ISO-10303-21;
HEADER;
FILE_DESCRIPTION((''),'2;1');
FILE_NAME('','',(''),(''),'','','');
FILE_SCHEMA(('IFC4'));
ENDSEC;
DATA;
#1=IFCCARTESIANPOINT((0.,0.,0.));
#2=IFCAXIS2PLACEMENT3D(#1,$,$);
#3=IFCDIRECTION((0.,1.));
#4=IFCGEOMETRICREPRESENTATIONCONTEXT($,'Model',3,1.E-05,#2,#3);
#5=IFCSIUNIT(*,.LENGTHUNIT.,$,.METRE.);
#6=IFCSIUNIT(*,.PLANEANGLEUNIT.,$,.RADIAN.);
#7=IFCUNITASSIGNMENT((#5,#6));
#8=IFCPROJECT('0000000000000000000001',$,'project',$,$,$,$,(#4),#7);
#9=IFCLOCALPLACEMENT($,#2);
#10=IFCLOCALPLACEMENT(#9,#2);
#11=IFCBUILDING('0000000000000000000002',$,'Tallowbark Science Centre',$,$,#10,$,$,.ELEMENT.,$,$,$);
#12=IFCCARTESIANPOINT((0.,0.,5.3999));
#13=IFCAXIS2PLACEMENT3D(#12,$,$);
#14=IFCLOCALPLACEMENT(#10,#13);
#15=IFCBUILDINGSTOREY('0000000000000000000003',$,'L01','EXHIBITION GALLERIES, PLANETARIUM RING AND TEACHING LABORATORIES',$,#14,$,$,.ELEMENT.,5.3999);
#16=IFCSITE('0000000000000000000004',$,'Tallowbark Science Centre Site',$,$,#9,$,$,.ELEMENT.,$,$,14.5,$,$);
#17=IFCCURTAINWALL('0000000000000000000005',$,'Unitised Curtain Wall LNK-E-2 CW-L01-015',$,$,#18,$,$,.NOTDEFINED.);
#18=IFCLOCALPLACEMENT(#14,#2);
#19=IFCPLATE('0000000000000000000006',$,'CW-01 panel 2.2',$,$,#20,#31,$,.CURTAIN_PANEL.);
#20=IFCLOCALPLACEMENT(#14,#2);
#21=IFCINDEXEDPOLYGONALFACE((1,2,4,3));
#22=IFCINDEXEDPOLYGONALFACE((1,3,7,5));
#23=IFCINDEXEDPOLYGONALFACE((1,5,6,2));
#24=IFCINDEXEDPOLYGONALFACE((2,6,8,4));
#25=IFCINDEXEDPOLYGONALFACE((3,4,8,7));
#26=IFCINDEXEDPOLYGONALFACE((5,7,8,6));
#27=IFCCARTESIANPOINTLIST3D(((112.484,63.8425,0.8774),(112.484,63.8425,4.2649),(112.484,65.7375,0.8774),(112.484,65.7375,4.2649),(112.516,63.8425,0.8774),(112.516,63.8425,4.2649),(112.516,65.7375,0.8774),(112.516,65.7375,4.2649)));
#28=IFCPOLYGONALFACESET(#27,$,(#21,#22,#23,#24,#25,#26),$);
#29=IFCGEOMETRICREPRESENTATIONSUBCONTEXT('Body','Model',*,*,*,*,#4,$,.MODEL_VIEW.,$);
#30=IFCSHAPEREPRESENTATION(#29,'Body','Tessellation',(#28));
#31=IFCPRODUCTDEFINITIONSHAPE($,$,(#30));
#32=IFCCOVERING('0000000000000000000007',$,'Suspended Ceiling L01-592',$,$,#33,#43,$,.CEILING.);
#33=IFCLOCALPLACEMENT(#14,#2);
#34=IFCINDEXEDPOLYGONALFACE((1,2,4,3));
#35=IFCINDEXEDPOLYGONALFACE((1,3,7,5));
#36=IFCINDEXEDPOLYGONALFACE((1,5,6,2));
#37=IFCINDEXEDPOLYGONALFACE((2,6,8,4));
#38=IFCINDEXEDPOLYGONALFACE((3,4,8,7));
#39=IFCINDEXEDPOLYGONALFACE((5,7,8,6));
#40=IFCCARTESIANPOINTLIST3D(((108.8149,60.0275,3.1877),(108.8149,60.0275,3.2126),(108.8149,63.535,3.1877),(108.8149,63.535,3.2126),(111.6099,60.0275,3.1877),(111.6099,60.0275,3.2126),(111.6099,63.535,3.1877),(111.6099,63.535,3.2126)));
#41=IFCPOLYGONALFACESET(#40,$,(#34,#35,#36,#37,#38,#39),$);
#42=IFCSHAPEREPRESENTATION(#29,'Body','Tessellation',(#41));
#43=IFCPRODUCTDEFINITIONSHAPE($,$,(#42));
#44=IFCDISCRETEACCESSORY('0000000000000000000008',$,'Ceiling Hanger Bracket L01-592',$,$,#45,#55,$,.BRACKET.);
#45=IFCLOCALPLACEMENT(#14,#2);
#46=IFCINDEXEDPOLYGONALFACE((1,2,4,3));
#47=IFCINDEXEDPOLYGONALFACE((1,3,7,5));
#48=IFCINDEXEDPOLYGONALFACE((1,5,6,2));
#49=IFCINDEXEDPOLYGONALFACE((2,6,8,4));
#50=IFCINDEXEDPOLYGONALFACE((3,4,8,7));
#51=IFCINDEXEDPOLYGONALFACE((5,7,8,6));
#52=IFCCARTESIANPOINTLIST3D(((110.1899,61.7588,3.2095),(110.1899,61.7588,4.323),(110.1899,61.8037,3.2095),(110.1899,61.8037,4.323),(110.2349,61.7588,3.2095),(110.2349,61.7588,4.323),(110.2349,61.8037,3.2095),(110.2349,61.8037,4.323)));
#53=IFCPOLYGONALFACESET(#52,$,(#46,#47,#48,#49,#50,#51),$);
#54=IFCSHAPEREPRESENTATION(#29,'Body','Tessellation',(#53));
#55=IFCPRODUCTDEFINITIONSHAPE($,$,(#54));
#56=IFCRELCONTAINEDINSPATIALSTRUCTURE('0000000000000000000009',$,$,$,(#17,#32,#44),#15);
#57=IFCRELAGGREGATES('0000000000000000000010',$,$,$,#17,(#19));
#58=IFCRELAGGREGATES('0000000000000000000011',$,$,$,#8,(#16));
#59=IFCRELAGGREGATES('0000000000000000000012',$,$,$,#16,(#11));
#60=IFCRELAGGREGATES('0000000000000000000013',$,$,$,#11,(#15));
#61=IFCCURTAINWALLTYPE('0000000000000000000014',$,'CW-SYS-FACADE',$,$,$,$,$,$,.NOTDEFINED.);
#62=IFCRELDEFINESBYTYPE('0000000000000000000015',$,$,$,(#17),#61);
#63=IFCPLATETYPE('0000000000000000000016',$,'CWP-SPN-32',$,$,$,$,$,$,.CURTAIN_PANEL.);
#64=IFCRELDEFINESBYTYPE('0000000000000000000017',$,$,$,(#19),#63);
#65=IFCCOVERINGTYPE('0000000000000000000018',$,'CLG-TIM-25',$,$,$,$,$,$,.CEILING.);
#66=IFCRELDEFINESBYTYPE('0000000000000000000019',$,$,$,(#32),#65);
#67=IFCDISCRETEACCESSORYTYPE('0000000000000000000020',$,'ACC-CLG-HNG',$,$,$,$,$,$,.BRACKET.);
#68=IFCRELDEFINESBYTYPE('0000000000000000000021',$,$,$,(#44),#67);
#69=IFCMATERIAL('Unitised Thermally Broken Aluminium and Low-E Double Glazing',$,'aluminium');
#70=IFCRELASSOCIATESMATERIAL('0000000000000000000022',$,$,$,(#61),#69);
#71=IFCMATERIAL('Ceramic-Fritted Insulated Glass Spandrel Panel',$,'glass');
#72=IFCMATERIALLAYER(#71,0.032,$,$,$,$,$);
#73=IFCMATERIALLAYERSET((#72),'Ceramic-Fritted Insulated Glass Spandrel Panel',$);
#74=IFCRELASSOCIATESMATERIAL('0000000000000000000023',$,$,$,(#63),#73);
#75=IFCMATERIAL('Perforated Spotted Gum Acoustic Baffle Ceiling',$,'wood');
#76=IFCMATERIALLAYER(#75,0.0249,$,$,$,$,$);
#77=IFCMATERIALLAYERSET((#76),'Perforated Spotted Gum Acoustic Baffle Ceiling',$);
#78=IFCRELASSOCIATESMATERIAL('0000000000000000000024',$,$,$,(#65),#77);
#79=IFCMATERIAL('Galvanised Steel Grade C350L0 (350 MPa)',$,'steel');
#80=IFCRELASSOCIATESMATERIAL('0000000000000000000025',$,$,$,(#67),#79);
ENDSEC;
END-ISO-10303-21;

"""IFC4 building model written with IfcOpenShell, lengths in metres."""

from ifc_helpers import new_model, si_unit, direction, frame, origin, origin_2d, place, context, subcontext, project, spatial, rectangle, extrude, material, layer, layer_set, type_object, element, aggregate, save


model = new_model("IFC4")

# Units and contexts
model_context = context("Model", 3, precision=1e-05, world=origin(), true_north=direction((0.0, 1.0)))
body_context = subcontext(model_context, "Body", "Model", "MODEL_VIEW")
ifc_project = project(units=[si_unit("LENGTHUNIT", "METRE"), si_unit("PLANEANGLEUNIT", "RADIAN")], contexts=[model_context])

# Site, building, storey
site_placement = place(None, origin())
site = spatial("IfcSite", under=ifc_project, at=site_placement, Name="Tallowbark Science Centre Site", CompositionType="ELEMENT", RefElevation=14.5)
building_placement = place(site_placement, origin())
building = spatial("IfcBuilding", under=site, at=building_placement, Name="Tallowbark Science Centre", CompositionType="ELEMENT")
storey_placement = place(building_placement, frame((0.0, 0.0, 5.3999)))
storey = spatial("IfcBuildingStorey", under=building, at=storey_placement, Name="L01", Description="EXHIBITION GALLERIES, PLANETARIUM RING AND TEACHING LABORATORIES", CompositionType="ELEMENT", Elevation=5.3999)

# Curtain wall
ifc_material_1 = material(Name="Unitised Thermally Broken Aluminium and Low-E Double Glazing", Category="aluminium")
curtain_wall_type = type_object("IfcCurtainWallType", Name="CW-SYS-FACADE", PredefinedType="NOTDEFINED", material=ifc_material_1)
curtain_wall_1_placement = place(storey_placement, origin())
curtain_wall_1 = element("IfcCurtainWall", 1, at=curtain_wall_1_placement, inside=storey, type_object=curtain_wall_type, Name="Unitised Curtain Wall LNK-E-2 CW-L01-015", PredefinedType="NOTDEFINED")

# Plate
ifc_material_2 = material(Name="Ceramic-Fritted Insulated Glass Spandrel Panel", Category="glass")
ifc_layer_1 = layer(ifc_material_2, 0.032)
ifc_layer_set_1 = layer_set([ifc_layer_1], Name="Ceramic-Fritted Insulated Glass Spandrel Panel")
plate_type_1 = type_object("IfcPlateType", Name="CWP-SPN-32", PredefinedType="CURTAIN_PANEL", material=ifc_layer_set_1)
plate_1_placement = place(storey_placement, frame((112.5, 64.79, 0.8774), z_axis=(0.0, 0.0, 1.0), x_axis=(0.0, 1.0, 0.0)))
plate_1 = element("IfcPlate", 2, at=plate_1_placement, type_object=plate_type_1, Name="CW-01 panel 2.2", PredefinedType="CURTAIN_PANEL", context=body_context, shape_type="SweptSolid", body=[
    extrude(rectangle(XDim=1.895, YDim=0.032, at=origin_2d()), origin(), (0.0, 0.0, 1.0), 3.3875),
])
aggregate(curtain_wall_1, [plate_1])

# Covering
ifc_material_3 = material(Name="Perforated Spotted Gum Acoustic Baffle Ceiling", Category="wood")
ifc_layer_2 = layer(ifc_material_3, 0.0249)
ifc_layer_set_2 = layer_set([ifc_layer_2], Name="Perforated Spotted Gum Acoustic Baffle Ceiling")
covering_type = type_object("IfcCoveringType", Name="CLG-TIM-25", PredefinedType="CEILING", material=ifc_layer_set_2)
covering_placement = place(storey_placement, frame((110.2124, 61.7812, 3.1877), z_axis=(0.0, 0.0, 1.0), x_axis=(1.0, 0.0, 0.0)))
element("IfcCovering", 3, at=covering_placement, inside=storey, type_object=covering_type, Name="Suspended Ceiling L01-592", PredefinedType="CEILING", context=body_context, shape_type="SweptSolid", body=[
    extrude(rectangle(XDim=2.7949, YDim=3.5076, at=origin_2d()), origin(), (0.0, 0.0, 1.0), 0.0249),
])

# Discrete accessory
ifc_material_4 = material(Name="Galvanised Steel Grade C350L0 (350 MPa)", Category="steel")
discrete_accessory_type = type_object("IfcDiscreteAccessoryType", Name="ACC-CLG-HNG", PredefinedType="BRACKET", material=ifc_material_4)
discrete_accessory_placement = place(storey_placement, frame((110.2124, 61.7812, 3.2095), z_axis=(0.0, 0.0, 1.0), x_axis=(1.0, 0.0, 0.0)))
element("IfcDiscreteAccessory", 4, at=discrete_accessory_placement, inside=storey, type_object=discrete_accessory_type, Name="Ceiling Hanger Bracket L01-592", PredefinedType="BRACKET", context=body_context, shape_type="SweptSolid", body=[
    extrude(rectangle(XDim=0.0449, YDim=0.0449, at=origin_2d()), origin(), (0.0, 0.0, 1.0), 1.1135),
])

save(model, "model.ifc")
